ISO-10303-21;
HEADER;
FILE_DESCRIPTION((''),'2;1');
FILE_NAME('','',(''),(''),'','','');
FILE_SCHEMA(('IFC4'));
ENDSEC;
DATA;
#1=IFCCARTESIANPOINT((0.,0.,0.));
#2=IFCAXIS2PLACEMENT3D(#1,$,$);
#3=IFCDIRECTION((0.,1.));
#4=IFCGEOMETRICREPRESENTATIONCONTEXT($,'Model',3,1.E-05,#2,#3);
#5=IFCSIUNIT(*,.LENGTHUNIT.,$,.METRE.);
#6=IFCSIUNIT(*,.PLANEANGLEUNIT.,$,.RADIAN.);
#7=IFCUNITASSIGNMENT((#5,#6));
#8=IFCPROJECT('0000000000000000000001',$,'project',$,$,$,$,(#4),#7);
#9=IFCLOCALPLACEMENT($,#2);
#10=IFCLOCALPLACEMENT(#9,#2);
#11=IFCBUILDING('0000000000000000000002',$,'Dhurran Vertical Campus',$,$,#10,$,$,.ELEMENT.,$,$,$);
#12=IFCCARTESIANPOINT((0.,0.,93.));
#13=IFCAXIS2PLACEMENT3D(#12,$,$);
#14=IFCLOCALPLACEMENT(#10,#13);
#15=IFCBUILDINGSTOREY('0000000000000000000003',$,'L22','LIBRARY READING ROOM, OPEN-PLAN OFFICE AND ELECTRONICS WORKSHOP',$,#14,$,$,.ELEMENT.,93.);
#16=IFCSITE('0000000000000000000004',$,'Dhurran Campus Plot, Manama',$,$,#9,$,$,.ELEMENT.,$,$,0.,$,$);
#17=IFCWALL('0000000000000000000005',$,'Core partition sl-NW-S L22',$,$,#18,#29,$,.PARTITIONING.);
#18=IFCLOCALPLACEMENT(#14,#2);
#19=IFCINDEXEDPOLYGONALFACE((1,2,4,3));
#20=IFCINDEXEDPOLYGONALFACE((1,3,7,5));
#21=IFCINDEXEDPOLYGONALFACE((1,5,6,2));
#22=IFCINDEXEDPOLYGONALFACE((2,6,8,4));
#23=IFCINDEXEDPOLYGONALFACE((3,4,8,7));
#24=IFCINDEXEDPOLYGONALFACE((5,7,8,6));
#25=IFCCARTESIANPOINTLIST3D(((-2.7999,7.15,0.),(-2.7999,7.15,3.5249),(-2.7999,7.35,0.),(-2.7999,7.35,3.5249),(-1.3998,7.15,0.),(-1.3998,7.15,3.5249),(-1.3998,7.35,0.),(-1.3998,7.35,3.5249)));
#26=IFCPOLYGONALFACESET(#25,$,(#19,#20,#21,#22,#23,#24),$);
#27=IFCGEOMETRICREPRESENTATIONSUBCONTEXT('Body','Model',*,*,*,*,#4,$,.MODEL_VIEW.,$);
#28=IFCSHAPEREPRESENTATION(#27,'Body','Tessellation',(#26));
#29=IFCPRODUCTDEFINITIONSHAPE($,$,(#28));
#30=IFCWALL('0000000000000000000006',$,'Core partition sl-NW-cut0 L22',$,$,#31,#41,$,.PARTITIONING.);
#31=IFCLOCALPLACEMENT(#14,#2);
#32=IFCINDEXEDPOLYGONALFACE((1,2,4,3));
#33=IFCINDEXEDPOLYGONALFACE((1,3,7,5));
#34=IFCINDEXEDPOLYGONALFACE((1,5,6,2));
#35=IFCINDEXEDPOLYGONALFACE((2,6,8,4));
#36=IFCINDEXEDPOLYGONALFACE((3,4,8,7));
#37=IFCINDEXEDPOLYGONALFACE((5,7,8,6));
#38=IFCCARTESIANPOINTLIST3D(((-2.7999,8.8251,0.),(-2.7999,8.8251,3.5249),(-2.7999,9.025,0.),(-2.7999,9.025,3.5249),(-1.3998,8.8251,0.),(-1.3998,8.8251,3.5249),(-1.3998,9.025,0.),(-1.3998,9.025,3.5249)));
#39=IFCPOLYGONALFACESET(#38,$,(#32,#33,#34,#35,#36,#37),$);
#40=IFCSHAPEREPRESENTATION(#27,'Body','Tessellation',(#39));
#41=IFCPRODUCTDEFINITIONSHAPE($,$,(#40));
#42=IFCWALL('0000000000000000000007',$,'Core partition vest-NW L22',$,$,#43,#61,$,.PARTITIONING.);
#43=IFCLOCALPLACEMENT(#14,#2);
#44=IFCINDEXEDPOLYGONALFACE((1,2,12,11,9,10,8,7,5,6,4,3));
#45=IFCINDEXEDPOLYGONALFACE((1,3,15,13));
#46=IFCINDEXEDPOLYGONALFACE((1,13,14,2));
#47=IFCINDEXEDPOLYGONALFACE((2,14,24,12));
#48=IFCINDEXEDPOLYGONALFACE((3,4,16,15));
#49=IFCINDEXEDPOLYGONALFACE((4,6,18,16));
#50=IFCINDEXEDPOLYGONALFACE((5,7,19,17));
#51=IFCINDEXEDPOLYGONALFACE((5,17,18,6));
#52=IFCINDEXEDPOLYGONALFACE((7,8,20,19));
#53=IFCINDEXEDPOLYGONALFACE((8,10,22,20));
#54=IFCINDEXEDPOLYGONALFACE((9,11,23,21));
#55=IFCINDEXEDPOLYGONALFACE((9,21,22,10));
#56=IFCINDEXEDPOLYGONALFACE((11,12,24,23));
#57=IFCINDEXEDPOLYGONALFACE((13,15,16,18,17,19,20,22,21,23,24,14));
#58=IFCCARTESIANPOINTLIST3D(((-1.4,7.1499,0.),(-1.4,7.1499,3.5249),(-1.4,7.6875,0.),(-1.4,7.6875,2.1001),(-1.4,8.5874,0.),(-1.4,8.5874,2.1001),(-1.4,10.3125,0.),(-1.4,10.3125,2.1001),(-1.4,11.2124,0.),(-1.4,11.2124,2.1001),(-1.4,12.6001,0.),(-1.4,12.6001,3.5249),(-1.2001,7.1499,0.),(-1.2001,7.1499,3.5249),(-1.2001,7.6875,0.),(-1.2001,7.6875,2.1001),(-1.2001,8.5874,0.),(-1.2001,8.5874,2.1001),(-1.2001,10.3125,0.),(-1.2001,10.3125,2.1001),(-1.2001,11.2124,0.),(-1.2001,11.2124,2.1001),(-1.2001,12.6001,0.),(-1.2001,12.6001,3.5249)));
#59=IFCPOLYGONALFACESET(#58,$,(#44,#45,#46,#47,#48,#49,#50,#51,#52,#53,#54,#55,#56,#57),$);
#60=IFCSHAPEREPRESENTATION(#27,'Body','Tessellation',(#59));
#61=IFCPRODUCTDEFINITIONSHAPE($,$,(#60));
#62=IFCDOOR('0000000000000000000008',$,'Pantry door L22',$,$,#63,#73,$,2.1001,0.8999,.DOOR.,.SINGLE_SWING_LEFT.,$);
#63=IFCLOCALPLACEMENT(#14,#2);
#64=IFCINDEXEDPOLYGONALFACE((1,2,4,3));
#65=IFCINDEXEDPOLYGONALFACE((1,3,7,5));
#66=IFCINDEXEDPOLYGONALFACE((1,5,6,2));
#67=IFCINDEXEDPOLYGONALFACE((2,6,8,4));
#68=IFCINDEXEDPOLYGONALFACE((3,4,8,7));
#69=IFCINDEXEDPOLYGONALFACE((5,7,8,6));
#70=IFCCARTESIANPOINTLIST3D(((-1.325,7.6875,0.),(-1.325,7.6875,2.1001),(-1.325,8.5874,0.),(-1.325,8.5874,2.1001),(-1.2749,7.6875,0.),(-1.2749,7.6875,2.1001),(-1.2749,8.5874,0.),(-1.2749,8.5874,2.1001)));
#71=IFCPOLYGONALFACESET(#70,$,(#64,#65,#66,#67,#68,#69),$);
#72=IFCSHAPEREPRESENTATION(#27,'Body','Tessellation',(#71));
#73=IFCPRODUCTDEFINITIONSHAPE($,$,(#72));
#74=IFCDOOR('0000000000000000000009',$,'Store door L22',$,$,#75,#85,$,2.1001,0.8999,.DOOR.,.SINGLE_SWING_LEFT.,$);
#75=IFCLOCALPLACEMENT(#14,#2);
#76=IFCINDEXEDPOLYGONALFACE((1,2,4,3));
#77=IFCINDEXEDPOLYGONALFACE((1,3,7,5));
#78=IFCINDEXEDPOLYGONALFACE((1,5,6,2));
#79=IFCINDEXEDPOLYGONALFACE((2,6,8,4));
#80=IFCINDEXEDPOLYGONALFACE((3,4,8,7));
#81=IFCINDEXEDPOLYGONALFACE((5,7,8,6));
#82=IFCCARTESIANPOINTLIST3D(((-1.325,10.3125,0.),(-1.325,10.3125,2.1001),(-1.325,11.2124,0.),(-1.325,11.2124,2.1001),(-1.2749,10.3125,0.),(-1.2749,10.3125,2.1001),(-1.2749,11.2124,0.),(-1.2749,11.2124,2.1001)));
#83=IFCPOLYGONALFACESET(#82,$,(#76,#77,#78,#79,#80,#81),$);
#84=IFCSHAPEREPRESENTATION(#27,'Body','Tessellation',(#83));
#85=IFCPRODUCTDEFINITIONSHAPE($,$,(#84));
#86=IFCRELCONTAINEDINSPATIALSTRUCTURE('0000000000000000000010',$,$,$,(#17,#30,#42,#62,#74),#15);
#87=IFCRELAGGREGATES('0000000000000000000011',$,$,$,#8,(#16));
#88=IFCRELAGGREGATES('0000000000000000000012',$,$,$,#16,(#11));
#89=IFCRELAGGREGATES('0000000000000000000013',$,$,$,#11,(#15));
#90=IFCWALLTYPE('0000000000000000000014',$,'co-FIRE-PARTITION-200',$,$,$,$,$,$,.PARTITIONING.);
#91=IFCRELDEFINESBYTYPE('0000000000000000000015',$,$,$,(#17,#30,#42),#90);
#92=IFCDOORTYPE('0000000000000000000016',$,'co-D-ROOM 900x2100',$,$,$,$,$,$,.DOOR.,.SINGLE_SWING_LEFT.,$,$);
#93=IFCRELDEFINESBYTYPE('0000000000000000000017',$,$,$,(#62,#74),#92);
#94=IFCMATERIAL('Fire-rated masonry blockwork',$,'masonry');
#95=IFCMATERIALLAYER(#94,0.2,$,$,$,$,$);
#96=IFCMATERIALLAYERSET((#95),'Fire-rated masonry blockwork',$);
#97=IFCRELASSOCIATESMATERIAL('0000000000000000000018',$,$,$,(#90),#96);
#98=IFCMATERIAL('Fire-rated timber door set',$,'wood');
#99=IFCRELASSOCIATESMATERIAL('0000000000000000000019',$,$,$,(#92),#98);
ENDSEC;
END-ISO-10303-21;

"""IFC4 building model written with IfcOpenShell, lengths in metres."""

from ifc_helpers import new_model, si_unit, direction, frame, frame_2d, origin, place, context, subcontext, project, spatial, rectangle, extrude, material, layer, layer_set, type_object, element, fill, save


model = new_model("IFC4")

# Units and contexts
model_context = context("Model", 3, precision=1e-05, world=origin(), true_north=direction((0.0, 1.0)))
body_context = subcontext(model_context, "Body", "Model", "MODEL_VIEW")
ifc_project = project(units=[si_unit("LENGTHUNIT", "METRE"), si_unit("PLANEANGLEUNIT", "RADIAN")], contexts=[model_context])

# Site, building, storey
site_placement = place(None, origin())
site = spatial("IfcSite", under=ifc_project, at=site_placement, Name="Dhurran Campus Plot, Manama", CompositionType="ELEMENT", RefElevation=0.0)
building_placement = place(site_placement, origin())
building = spatial("IfcBuilding", under=site, at=building_placement, Name="Dhurran Vertical Campus", CompositionType="ELEMENT")
storey_placement = place(building_placement, frame((0.0, 0.0, 93.0)))
storey = spatial("IfcBuildingStorey", under=building, at=storey_placement, Name="L22", Description="LIBRARY READING ROOM, OPEN-PLAN OFFICE AND ELECTRONICS WORKSHOP", CompositionType="ELEMENT", Elevation=93.0)

# Walls
ifc_material_1 = material(Name="Fire-rated masonry blockwork", Category="masonry")
ifc_layer_1 = layer(ifc_material_1, 0.2)
ifc_layer_set_1 = layer_set([ifc_layer_1], Name="Fire-rated masonry blockwork")
wall_type_1 = type_object("IfcWallType", Name="co-FIRE-PARTITION-200", PredefinedType="PARTITIONING", material=ifc_layer_set_1)
for number, where, z_axis, x_axis, name in (
    (1, (-2.8, 7.25, 0.0), (0.0, 0.0, 1.0), (1.0, 0.0, 0.0), "Core partition sl-NW-S L22"),
    (2, (-2.8, 8.925, 0.0), (0.0, 0.0, 1.0), (1.0, 0.0, 0.0), "Core partition sl-NW-cut0 L22"),
):
    element("IfcWall", number, at=place(storey_placement, frame(where, z_axis=z_axis, x_axis=x_axis)), inside=storey, type_object=wall_type_1, Name=name, PredefinedType="PARTITIONING", context=body_context, shape_type="SweptSolid", body=[
        extrude(rectangle(XDim=1.4001, YDim=0.2, at=frame_2d((0.7002, 0.0))), origin(), (0.0, 0.0, 1.0), 3.5249),
    ])

# Wall, openings, doors
wall_1_placement = place(storey_placement, frame((-1.3, 7.1499, 0.0), z_axis=(0.0, 0.0, 1.0), x_axis=(0.0, 1.0, 0.0)))
wall_1 = element("IfcWall", 3, at=wall_1_placement, inside=storey, type_object=wall_type_1, Name="Core partition vest-NW L22", PredefinedType="PARTITIONING", context=body_context, shape_type="SweptSolid", body=[
    extrude(rectangle(XDim=5.4502, YDim=0.2, at=frame_2d((2.7251, 0.0))), origin(), (0.0, 0.0, 1.0), 3.5249),
])
opening_1_placement = place(wall_1_placement, frame((0.5376, 0.0, 0.0)))
opening_1 = element("IfcOpeningElement", 4, at=opening_1_placement, cuts=wall_1, PredefinedType="OPENING", context=body_context, shape_type="SweptSolid", body=[
    extrude(rectangle(XDim=0.8999, YDim=2.1001, at=frame_2d((0.45, 1.05))), frame((0.0, 0.1099, 0.0), z_axis=(0.0, -1.0, 0.0), x_axis=(1.0, 0.0, 0.0)), (0.0, 0.0, 1.0), 0.22),
])
opening_2_placement = place(wall_1_placement, frame((3.1626, 0.0, 0.0)))
opening_2 = element("IfcOpeningElement", 5, at=opening_2_placement, cuts=wall_1, PredefinedType="OPENING", context=body_context, shape_type="SweptSolid", body=[
    extrude(rectangle(XDim=0.8999, YDim=2.1001, at=frame_2d((0.45, 1.05))), frame((0.0, 0.1099, 0.0), z_axis=(0.0, -1.0, 0.0), x_axis=(1.0, 0.0, 0.0)), (0.0, 0.0, 1.0), 0.22),
])
ifc_material_2 = material(Name="Fire-rated timber door set", Category="wood")
door_type_1 = type_object("IfcDoorType", Name="co-D-ROOM 900x2100", OperationType="SINGLE_SWING_LEFT", PredefinedType="DOOR", material=ifc_material_2)
door_1_placement = place(opening_1_placement, origin())
door_1 = element("IfcDoor", 6, at=door_1_placement, inside=storey, type_object=door_type_1, Name="Pantry door L22", OperationType="SINGLE_SWING_LEFT", OverallHeight=2.1001, OverallWidth=0.8999, PredefinedType="DOOR", context=body_context, shape_type="SweptSolid", body=[
    extrude(rectangle(XDim=0.8999, YDim=2.1001, at=frame_2d((0.45, 1.05))), frame((0.0, 0.0249, 0.0), z_axis=(0.0, -1.0, 0.0), x_axis=(1.0, 0.0, 0.0)), (0.0, 0.0, 1.0), 0.05),
])
fill(opening_1, door_1)
door_2_placement = place(opening_2_placement, origin())
door_2 = element("IfcDoor", 7, at=door_2_placement, inside=storey, type_object=door_type_1, Name="Store door L22", OperationType="SINGLE_SWING_LEFT", OverallHeight=2.1001, OverallWidth=0.8999, PredefinedType="DOOR", context=body_context, shape_type="SweptSolid", body=[
    extrude(rectangle(XDim=0.8999, YDim=2.1001, at=frame_2d((0.45, 1.05))), frame((0.0, 0.0249, 0.0), z_axis=(0.0, -1.0, 0.0), x_axis=(1.0, 0.0, 0.0)), (0.0, 0.0, 1.0), 0.05),
])
fill(opening_2, door_2)

save(model, "model.ifc")
